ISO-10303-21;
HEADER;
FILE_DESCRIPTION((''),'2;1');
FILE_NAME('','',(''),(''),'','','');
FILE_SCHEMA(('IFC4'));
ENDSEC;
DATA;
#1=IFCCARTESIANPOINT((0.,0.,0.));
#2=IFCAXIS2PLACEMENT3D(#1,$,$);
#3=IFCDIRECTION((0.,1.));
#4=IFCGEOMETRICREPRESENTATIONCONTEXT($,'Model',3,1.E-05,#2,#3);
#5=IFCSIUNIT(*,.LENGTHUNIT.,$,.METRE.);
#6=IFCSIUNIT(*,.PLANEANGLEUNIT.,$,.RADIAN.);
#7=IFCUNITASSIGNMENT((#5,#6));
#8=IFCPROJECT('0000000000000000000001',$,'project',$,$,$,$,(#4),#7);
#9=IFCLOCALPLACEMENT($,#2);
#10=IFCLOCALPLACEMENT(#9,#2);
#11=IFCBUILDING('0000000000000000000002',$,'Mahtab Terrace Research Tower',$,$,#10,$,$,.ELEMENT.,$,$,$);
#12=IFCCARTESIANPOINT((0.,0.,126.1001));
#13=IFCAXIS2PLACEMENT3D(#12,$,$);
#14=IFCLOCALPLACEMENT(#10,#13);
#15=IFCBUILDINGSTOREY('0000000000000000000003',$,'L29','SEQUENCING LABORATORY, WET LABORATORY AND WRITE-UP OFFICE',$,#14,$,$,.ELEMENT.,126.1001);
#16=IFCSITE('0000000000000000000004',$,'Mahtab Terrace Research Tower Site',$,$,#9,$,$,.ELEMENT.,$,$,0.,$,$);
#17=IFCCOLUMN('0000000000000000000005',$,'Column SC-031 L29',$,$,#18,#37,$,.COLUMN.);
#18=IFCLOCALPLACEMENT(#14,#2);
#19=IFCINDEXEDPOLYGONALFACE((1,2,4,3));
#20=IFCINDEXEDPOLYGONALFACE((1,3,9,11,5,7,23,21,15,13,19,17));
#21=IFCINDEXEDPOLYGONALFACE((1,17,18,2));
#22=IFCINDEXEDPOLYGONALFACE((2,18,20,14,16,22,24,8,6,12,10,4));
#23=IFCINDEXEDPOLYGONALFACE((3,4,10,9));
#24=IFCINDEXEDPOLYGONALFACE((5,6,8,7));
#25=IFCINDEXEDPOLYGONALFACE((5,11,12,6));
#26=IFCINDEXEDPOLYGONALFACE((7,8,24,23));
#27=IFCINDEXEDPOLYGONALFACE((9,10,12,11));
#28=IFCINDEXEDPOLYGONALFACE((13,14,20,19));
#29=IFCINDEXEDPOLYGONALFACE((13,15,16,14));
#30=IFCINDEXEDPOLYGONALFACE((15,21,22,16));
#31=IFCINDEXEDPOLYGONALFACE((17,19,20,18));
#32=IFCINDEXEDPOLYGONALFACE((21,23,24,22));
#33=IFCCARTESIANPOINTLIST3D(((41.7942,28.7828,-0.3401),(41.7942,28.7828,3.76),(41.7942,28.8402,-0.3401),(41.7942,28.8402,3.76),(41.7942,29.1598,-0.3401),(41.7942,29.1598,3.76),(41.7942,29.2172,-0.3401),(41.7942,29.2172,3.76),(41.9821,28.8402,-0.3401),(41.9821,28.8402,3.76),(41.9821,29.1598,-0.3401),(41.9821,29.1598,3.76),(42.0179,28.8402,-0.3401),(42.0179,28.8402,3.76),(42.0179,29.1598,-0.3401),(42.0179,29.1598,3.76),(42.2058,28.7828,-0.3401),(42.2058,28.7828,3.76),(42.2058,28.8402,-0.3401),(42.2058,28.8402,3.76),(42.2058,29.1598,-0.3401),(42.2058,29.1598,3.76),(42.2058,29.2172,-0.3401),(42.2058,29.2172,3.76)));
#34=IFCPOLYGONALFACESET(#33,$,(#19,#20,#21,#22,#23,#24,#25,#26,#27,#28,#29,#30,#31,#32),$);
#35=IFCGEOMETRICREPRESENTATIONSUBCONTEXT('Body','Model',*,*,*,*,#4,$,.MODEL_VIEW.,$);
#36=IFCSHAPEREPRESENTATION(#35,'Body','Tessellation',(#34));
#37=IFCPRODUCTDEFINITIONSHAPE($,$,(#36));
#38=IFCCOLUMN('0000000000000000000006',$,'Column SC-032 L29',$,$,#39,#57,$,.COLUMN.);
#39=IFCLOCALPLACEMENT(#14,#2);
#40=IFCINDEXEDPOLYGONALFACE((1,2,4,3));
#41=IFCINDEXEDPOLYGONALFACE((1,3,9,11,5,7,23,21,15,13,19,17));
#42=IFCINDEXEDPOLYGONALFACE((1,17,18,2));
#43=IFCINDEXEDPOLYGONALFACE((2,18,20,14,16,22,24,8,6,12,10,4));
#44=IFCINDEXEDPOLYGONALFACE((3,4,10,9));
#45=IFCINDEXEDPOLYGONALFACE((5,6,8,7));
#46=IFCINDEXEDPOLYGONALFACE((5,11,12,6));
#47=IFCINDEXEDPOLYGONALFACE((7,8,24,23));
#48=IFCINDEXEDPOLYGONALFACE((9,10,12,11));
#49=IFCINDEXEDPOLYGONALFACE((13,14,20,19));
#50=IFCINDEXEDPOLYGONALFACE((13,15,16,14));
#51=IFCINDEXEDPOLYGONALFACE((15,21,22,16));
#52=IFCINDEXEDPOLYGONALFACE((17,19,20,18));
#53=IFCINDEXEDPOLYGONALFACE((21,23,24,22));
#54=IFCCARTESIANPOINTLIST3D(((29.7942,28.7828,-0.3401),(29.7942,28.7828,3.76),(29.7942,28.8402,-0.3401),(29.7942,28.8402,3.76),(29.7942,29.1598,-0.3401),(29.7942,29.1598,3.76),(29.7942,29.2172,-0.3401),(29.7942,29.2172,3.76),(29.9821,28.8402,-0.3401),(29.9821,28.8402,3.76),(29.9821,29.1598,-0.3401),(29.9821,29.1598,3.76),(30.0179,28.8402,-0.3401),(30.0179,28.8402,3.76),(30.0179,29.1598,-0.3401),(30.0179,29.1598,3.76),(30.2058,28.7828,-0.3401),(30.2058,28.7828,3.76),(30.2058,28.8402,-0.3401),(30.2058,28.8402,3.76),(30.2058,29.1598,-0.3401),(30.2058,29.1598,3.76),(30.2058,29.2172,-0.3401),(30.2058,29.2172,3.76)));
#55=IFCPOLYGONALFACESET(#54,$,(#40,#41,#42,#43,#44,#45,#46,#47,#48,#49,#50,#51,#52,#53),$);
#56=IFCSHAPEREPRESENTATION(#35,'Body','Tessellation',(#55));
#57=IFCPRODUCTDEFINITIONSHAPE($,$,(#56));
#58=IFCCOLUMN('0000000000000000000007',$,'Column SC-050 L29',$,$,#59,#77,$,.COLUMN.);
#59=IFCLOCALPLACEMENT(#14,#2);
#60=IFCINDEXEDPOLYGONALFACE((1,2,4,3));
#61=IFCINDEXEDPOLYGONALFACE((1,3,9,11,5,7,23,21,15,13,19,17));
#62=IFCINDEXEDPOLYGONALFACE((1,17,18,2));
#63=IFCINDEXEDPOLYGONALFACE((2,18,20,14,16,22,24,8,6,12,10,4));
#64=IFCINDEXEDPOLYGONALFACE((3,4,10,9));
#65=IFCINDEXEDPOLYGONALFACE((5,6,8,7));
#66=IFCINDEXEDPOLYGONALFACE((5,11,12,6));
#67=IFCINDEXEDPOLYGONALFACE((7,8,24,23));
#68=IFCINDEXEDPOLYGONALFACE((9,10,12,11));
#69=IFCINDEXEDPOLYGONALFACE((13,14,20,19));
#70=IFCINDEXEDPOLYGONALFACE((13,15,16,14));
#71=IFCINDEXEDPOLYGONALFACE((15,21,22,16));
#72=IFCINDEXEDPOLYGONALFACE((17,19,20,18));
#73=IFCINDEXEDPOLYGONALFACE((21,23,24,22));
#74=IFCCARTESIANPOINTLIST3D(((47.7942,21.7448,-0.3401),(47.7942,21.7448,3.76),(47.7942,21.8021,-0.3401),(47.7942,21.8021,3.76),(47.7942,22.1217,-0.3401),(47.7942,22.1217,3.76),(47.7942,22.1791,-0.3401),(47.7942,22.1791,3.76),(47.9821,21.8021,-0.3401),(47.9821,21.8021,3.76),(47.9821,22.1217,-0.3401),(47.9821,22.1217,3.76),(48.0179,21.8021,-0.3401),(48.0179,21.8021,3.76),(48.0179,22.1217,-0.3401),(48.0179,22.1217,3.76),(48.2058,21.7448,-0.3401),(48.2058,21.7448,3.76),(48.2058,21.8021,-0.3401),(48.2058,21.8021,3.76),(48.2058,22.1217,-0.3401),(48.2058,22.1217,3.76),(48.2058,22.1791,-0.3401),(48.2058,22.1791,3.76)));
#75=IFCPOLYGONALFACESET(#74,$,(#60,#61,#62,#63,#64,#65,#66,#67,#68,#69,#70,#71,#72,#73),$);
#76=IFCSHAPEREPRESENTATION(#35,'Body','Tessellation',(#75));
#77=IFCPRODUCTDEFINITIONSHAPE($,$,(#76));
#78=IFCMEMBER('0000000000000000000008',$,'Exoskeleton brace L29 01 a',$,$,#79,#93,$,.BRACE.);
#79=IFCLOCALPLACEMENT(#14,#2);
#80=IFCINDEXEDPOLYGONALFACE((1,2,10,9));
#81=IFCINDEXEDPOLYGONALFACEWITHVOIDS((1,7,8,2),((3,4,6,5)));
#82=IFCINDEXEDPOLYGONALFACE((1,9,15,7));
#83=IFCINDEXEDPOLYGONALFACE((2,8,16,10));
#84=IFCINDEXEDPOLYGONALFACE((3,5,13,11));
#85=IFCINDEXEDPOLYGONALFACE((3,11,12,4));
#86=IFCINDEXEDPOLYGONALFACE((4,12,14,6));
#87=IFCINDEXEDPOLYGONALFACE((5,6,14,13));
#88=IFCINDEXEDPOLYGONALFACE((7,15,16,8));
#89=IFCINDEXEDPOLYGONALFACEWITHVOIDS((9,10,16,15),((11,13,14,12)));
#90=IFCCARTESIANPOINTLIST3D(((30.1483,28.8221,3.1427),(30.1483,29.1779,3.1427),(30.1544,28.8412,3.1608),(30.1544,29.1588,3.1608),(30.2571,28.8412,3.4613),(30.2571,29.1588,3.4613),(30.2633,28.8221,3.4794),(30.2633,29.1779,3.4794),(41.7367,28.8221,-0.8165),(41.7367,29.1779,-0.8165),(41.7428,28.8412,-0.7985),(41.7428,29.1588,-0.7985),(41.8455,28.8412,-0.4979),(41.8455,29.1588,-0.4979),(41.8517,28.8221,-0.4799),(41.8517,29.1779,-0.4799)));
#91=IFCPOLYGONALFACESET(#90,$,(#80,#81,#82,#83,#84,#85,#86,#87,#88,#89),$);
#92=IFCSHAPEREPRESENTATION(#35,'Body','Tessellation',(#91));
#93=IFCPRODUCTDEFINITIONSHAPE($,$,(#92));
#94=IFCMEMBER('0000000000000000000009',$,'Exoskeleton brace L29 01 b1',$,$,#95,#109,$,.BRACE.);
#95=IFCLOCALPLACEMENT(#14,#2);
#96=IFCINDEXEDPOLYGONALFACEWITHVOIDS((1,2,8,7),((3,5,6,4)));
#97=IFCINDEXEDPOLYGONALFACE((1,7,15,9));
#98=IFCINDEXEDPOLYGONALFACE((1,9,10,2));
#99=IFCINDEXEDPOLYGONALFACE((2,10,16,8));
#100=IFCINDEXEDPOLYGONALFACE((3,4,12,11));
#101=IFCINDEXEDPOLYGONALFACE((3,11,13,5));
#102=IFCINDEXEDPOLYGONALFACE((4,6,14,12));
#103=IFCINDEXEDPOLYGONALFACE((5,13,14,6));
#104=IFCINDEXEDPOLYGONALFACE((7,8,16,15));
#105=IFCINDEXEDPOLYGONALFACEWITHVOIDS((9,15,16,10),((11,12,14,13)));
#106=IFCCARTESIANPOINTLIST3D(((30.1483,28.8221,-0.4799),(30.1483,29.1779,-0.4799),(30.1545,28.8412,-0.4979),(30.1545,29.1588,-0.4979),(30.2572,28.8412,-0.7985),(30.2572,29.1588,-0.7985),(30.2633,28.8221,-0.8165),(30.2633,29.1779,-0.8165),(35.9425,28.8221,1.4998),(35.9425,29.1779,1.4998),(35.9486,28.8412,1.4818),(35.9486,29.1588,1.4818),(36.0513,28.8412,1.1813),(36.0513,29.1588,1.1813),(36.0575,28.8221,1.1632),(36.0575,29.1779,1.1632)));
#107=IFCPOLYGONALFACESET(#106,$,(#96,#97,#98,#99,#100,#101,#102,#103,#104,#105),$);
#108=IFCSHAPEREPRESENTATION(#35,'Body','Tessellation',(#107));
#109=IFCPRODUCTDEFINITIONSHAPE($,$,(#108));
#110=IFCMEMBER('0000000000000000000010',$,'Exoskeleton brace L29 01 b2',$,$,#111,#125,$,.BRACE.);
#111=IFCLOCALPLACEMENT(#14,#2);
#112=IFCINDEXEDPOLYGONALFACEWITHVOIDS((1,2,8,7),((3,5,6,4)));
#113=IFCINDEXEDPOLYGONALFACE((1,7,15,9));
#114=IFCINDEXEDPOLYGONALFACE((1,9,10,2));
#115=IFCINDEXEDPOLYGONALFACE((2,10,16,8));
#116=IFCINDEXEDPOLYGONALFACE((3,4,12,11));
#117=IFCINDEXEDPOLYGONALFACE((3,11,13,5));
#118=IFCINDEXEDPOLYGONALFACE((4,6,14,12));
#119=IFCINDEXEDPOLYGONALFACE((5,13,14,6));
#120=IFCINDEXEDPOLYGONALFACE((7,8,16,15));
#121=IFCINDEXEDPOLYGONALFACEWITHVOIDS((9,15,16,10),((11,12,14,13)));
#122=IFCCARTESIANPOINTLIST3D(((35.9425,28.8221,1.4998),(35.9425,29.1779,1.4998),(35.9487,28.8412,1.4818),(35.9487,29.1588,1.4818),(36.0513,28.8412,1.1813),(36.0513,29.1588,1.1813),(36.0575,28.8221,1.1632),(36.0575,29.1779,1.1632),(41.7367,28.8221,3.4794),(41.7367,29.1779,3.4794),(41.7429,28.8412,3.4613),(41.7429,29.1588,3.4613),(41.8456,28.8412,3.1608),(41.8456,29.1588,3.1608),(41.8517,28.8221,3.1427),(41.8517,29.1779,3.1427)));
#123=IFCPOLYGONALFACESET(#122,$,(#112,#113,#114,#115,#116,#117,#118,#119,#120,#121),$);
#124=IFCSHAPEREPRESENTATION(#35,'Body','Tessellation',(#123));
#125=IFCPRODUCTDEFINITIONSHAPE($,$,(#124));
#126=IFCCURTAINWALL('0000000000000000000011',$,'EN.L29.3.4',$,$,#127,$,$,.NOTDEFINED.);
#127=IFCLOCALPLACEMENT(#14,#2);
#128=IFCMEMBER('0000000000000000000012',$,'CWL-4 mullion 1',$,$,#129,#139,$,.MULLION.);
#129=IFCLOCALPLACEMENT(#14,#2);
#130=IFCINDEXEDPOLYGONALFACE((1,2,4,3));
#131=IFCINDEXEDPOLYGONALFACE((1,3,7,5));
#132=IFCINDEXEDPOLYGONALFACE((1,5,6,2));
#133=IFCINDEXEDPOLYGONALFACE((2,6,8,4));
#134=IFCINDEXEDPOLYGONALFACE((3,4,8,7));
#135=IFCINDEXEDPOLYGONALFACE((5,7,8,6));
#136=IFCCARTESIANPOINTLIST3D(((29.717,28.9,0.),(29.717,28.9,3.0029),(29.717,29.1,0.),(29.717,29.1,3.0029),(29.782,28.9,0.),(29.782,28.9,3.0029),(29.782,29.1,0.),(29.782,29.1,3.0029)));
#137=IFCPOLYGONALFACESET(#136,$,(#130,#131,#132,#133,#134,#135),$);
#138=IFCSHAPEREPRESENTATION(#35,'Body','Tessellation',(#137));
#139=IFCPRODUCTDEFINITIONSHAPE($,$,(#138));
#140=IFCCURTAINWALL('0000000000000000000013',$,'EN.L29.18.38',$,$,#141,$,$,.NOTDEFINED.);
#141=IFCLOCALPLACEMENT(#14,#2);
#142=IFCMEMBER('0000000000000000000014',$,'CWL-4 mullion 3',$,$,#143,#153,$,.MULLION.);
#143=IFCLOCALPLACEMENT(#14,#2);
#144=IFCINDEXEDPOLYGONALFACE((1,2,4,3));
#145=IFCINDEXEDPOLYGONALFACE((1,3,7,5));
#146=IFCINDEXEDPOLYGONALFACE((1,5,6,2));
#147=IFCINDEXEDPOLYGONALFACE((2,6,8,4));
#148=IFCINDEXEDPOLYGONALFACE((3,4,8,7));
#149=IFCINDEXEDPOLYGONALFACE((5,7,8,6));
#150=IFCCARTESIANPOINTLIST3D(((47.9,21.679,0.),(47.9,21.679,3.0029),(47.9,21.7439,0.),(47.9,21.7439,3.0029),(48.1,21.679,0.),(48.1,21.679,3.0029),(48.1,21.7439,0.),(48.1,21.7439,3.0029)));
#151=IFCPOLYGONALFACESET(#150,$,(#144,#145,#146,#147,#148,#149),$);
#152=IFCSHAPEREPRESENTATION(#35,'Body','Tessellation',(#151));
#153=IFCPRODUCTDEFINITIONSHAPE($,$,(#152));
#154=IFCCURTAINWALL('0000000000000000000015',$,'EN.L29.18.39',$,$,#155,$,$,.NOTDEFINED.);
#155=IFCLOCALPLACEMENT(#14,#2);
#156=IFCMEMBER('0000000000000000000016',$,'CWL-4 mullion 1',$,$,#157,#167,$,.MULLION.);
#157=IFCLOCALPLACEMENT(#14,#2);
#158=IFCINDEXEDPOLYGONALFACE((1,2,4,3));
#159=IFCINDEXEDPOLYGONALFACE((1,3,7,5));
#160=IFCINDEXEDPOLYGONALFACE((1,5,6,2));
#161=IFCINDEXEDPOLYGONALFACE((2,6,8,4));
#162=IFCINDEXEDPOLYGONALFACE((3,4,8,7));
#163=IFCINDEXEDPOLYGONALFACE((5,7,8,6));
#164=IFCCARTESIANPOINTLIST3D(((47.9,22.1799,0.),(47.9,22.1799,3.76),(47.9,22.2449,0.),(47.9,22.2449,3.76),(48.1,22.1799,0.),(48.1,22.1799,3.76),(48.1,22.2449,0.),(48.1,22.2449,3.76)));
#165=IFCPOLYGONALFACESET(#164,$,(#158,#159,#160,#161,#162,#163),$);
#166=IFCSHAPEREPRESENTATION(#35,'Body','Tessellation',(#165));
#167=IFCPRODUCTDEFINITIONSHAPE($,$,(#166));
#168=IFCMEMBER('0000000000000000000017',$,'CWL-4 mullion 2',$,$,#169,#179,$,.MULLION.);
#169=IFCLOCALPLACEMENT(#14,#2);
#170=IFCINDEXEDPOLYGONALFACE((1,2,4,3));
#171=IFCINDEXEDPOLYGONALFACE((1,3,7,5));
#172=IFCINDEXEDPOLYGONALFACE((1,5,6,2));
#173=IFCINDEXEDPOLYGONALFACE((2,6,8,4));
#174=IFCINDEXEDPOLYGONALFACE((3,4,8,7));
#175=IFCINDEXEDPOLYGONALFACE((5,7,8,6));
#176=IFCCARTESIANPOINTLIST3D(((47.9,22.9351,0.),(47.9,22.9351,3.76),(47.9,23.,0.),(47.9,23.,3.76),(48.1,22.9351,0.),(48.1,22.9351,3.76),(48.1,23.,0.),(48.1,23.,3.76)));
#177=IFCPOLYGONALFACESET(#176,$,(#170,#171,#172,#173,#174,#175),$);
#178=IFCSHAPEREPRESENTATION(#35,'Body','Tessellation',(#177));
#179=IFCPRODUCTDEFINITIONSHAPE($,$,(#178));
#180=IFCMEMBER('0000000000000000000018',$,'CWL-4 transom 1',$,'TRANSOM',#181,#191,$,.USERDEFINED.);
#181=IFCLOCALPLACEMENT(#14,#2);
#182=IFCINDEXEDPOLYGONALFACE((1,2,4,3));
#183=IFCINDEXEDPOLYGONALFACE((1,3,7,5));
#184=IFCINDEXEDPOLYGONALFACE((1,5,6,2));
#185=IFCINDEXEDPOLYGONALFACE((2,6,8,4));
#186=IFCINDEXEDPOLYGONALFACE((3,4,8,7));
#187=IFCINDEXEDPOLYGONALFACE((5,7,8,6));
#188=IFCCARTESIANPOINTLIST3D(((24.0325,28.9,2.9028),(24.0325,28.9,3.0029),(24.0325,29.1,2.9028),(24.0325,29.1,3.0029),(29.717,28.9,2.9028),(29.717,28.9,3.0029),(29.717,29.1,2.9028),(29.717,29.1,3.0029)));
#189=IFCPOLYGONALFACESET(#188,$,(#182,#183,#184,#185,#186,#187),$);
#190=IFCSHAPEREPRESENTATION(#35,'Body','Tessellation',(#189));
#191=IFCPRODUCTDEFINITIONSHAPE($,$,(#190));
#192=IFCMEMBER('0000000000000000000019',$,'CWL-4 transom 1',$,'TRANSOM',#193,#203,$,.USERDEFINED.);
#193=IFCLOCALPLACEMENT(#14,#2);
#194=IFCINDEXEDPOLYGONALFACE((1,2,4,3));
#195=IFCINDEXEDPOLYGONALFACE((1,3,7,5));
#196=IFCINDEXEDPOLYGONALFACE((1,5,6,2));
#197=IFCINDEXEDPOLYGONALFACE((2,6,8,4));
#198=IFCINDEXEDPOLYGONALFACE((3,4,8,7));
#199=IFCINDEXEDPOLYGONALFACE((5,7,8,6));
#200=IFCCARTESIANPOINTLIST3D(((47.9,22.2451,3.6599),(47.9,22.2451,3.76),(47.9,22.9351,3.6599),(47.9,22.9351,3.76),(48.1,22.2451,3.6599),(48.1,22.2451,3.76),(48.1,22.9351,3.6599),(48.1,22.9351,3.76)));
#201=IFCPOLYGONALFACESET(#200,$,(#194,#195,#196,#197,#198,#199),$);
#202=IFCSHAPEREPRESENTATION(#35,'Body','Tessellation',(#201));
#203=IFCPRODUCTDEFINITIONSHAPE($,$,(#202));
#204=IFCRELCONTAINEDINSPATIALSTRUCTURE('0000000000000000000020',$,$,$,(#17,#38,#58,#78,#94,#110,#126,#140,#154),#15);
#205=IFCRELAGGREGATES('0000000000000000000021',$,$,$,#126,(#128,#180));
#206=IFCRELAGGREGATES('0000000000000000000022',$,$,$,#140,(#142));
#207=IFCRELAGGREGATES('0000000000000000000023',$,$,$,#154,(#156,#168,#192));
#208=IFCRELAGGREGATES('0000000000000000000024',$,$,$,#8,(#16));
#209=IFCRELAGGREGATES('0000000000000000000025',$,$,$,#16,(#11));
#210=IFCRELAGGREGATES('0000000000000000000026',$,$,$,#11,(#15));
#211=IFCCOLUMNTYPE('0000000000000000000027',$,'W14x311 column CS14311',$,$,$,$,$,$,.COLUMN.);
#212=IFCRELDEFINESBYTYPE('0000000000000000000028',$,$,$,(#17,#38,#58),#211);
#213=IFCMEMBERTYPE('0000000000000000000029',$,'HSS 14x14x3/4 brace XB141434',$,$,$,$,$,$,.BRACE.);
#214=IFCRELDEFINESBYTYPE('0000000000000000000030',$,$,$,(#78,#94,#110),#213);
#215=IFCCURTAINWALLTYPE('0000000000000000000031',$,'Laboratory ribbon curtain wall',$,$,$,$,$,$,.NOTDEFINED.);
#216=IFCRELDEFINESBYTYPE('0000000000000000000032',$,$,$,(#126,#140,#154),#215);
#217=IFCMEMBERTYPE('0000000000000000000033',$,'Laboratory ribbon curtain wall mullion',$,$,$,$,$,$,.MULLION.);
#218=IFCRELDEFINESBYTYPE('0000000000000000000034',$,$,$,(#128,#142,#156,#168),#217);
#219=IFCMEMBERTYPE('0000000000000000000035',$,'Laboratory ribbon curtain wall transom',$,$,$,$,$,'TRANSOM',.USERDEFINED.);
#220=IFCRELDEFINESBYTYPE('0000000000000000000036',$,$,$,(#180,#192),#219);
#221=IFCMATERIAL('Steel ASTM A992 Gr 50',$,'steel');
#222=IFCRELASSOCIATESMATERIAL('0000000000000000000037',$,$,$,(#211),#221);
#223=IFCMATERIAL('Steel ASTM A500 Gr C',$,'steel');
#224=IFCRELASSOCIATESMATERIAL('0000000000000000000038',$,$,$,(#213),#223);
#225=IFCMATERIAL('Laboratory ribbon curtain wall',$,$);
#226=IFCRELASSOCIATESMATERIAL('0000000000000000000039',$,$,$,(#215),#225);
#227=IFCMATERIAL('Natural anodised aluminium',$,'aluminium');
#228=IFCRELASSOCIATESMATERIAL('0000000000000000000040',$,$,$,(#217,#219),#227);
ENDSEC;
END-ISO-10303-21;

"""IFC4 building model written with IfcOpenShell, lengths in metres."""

from ifc_helpers import new_model, si_unit, direction, frame, origin, origin_2d, place, context, subcontext, project, spatial, rectangle, hollow_rectangle, i_section, extrude, material, material_profile, profile_set, type_object, element, aggregate, save


model = new_model("IFC4")

# Units and contexts
model_context = context("Model", 3, precision=1e-05, world=origin(), true_north=direction((0.0, 1.0)))
body_context = subcontext(model_context, "Body", "Model", "MODEL_VIEW")
ifc_project = project(units=[si_unit("LENGTHUNIT", "METRE"), si_unit("PLANEANGLEUNIT", "RADIAN")], contexts=[model_context])

# Site, building, storey
site_placement = place(None, origin())
site = spatial("IfcSite", under=ifc_project, at=site_placement, Name="Mahtab Terrace Research Tower Site", CompositionType="ELEMENT", RefElevation=0.0)
building_placement = place(site_placement, origin())
building = spatial("IfcBuilding", under=site, at=building_placement, Name="Mahtab Terrace Research Tower", CompositionType="ELEMENT")
storey_placement = place(building_placement, frame((0.0, 0.0, 126.1001)))
storey = spatial("IfcBuildingStorey", under=building, at=storey_placement, Name="L29", Description="SEQUENCING LABORATORY, WET LABORATORY AND WRITE-UP OFFICE", CompositionType="ELEMENT", Elevation=126.1001)

# Columns
ifc_material_1 = material(Name="Steel ASTM A992 Gr 50", Category="steel")
ifc_material_profile_1 = material_profile(ifc_material_1, i_section(OverallWidth=0.4116, OverallDepth=0.4343, WebThickness=0.0359, FlangeThickness=0.0574, at=origin_2d()), Name="W14X311")
ifc_profile_set_1 = profile_set([ifc_material_profile_1], Name="Steel ASTM A992 Gr 50")
column_type = type_object("IfcColumnType", Name="W14x311 column CS14311", PredefinedType="COLUMN", material=ifc_profile_set_1)
for number, where, z_axis, x_axis, name in (
    (1, (42.0, 29.0, -0.3401), (0.0, 0.0, 1.0), (1.0, 0.0, 0.0), "Column SC-031 L29"),
    (2, (30.0, 29.0, -0.3401), (0.0, 0.0, 1.0), (1.0, 0.0, 0.0), "Column SC-032 L29"),
    (3, (48.0, 21.9619, -0.3401), (0.0, 0.0, 1.0), (1.0, 0.0, 0.0), "Column SC-050 L29"),
):
    element("IfcColumn", number, at=place(storey_placement, frame(where, z_axis=z_axis, x_axis=x_axis)), inside=storey, type_object=column_type, Name=name, PredefinedType="COLUMN", context=body_context, shape_type="SweptSolid", body=[
        extrude(i_section(OverallWidth=0.4116, OverallDepth=0.4343, WebThickness=0.0359, FlangeThickness=0.0574, at=origin_2d()), origin(), (0.0, 0.0, 1.0), 4.1001),
    ])

# Members
ifc_material_2 = material(Name="Steel ASTM A500 Gr C", Category="steel")
ifc_material_profile_2 = material_profile(ifc_material_2, hollow_rectangle(XDim=0.3557, YDim=0.3557, WallThickness=0.019, at=origin_2d()), Name="HSS14X14X3/4")
ifc_profile_set_2 = profile_set([ifc_material_profile_2], Name="Steel ASTM A500 Gr C")
member_type_1 = type_object("IfcMemberType", Name="HSS 14x14x3/4 brace XB141434", PredefinedType="BRACE", material=ifc_profile_set_2)
member_1_placement = place(storey_placement, frame((41.7942, 29.0, -0.6482), z_axis=(-0.946294, 0.0, 0.323306), x_axis=(0.0, -1.0, 0.0)))
element("IfcMember", 4, at=member_1_placement, inside=storey, type_object=member_type_1, Name="Exoskeleton brace L29 01 a", PredefinedType="BRACE", context=body_context, shape_type="SweptSolid", body=[
    extrude(hollow_rectangle(XDim=0.3557, YDim=0.3557, WallThickness=0.019, at=origin_2d()), origin(), (0.0, 0.0, 1.0), 12.2461),
])
for number, where, z_axis, x_axis, name in (
    (5, (30.2058, 29.0, -0.6482), (0.946288, 0.0, 0.323324), (0.0, 1.0, 0.0), "Exoskeleton brace L29 01 b1"),
    (6, (36.0, 29.0, 1.3315), (0.9463, 0.0, 0.323288), (0.0, 1.0, 0.0), "Exoskeleton brace L29 01 b2"),
):
    element("IfcMember", number, at=place(storey_placement, frame(where, z_axis=z_axis, x_axis=x_axis)), inside=storey, type_object=member_type_1, Name=name, PredefinedType="BRACE", context=body_context, shape_type="SweptSolid", body=[
        extrude(hollow_rectangle(XDim=0.3557, YDim=0.3557, WallThickness=0.019, at=origin_2d()), origin(), (0.0, 0.0, 1.0), 6.123),
    ])

# Curtain walls, members
ifc_material_3 = material(Name="Laboratory ribbon curtain wall")
curtain_wall_type = type_object("IfcCurtainWallType", Name="Laboratory ribbon curtain wall", PredefinedType="NOTDEFINED", material=ifc_material_3)
curtain_wall_1_placement = place(storey_placement, origin())
curtain_wall_1 = element("IfcCurtainWall", 7, at=curtain_wall_1_placement, inside=storey, type_object=curtain_wall_type, Name="EN.L29.3.4", PredefinedType="NOTDEFINED")
ifc_material_4 = material(Name="Natural anodised aluminium", Category="aluminium")
ifc_material_profile_3 = material_profile(ifc_material_4, rectangle(XDim=0.2, YDim=0.0649, at=origin_2d()), Name="MULLION 65x200")
ifc_profile_set_3 = profile_set([ifc_material_profile_3], Name="Natural anodised aluminium")
member_type_2 = type_object("IfcMemberType", Name="Laboratory ribbon curtain wall mullion", PredefinedType="MULLION", material=ifc_profile_set_3)
member_2_placement = place(storey_placement, frame((29.7495, 29.0, 0.0), z_axis=(0.0, 0.0, 1.0), x_axis=(0.0, -1.0, 0.0)))
member_2 = element("IfcMember", 8, at=member_2_placement, type_object=member_type_2, Name="CWL-4 mullion 1", PredefinedType="MULLION", context=body_context, shape_type="SweptSolid", body=[
    extrude(rectangle(XDim=0.2, YDim=0.0649, at=origin_2d()), origin(), (0.0, 0.0, 1.0), 3.0029),
])
curtain_wall_2_placement = place(storey_placement, origin())
curtain_wall_2 = element("IfcCurtainWall", 9, at=curtain_wall_2_placement, inside=storey, type_object=curtain_wall_type, Name="EN.L29.18.38", PredefinedType="NOTDEFINED")
member_3_placement = place(storey_placement, frame((48.0, 21.7114, 0.0), z_axis=(0.0, 0.0, 1.0), x_axis=(-1.0, 0.0, 0.0)))
member_3 = element("IfcMember", 10, at=member_3_placement, type_object=member_type_2, Name="CWL-4 mullion 3", PredefinedType="MULLION", context=body_context, shape_type="SweptSolid", body=[
    extrude(rectangle(XDim=0.2, YDim=0.0649, at=origin_2d()), origin(), (0.0, 0.0, 1.0), 3.0029),
])

# Curtain wall, members
curtain_wall_3_placement = place(storey_placement, origin())
curtain_wall_3 = element("IfcCurtainWall", 11, at=curtain_wall_3_placement, inside=storey, type_object=curtain_wall_type, Name="EN.L29.18.39", PredefinedType="NOTDEFINED")
member_4_placement = place(storey_placement, frame((48.0, 22.2124, 0.0), z_axis=(0.0, 0.0, 1.0), x_axis=(-1.0, 0.0, 0.0)))
member_4 = element("IfcMember", 12, at=member_4_placement, type_object=member_type_2, Name="CWL-4 mullion 1", PredefinedType="MULLION", context=body_context, shape_type="SweptSolid", body=[
    extrude(rectangle(XDim=0.2, YDim=0.0649, at=origin_2d()), origin(), (0.0, 0.0, 1.0), 3.76),
])
member_5_placement = place(storey_placement, frame((48.0, 22.9675, 0.0), z_axis=(0.0, 0.0, 1.0), x_axis=(-1.0, 0.0, 0.0)))
member_5 = element("IfcMember", 13, at=member_5_placement, type_object=member_type_2, Name="CWL-4 mullion 2", PredefinedType="MULLION", context=body_context, shape_type="SweptSolid", body=[
    extrude(rectangle(XDim=0.2, YDim=0.0649, at=origin_2d()), origin(), (0.0, 0.0, 1.0), 3.76),
])

# Members
ifc_material_profile_4 = material_profile(ifc_material_4, rectangle(XDim=0.2, YDim=0.1001, at=origin_2d()), Name="TRANSOM 100x200")
ifc_profile_set_4 = profile_set([ifc_material_profile_4], Name="Natural anodised aluminium")
member_type_3 = type_object("IfcMemberType", Name="Laboratory ribbon curtain wall transom", ElementType="TRANSOM", PredefinedType="USERDEFINED", material=ifc_profile_set_4)
member_6_placement = place(storey_placement, frame((29.717, 29.0, 2.9529), z_axis=(-1.0, 0.0, 0.0), x_axis=(0.0, -1.0, 0.0)))
member_6 = element("IfcMember", 14, at=member_6_placement, type_object=member_type_3, Name="CWL-4 transom 1", ObjectType="TRANSOM", PredefinedType="USERDEFINED", context=body_context, shape_type="SweptSolid", body=[
    extrude(rectangle(XDim=0.2, YDim=0.1001, at=origin_2d()), origin(), (0.0, 0.0, 1.0), 5.6846),
])
member_7_placement = place(storey_placement, frame((48.0, 22.2451, 3.71), z_axis=(0.0, 1.0, 0.0), x_axis=(-1.0, 0.0, 0.0)))
member_7 = element("IfcMember", 15, at=member_7_placement, type_object=member_type_3, Name="CWL-4 transom 1", ObjectType="TRANSOM", PredefinedType="USERDEFINED", context=body_context, shape_type="SweptSolid", body=[
    extrude(rectangle(XDim=0.2, YDim=0.1001, at=origin_2d()), origin(), (0.0, 0.0, 1.0), 0.6899),
])

aggregate(curtain_wall_1, [member_2, member_6])
aggregate(curtain_wall_2, [member_3])
aggregate(curtain_wall_3, [member_4, member_5, member_7])

save(model, "model.ifc")
